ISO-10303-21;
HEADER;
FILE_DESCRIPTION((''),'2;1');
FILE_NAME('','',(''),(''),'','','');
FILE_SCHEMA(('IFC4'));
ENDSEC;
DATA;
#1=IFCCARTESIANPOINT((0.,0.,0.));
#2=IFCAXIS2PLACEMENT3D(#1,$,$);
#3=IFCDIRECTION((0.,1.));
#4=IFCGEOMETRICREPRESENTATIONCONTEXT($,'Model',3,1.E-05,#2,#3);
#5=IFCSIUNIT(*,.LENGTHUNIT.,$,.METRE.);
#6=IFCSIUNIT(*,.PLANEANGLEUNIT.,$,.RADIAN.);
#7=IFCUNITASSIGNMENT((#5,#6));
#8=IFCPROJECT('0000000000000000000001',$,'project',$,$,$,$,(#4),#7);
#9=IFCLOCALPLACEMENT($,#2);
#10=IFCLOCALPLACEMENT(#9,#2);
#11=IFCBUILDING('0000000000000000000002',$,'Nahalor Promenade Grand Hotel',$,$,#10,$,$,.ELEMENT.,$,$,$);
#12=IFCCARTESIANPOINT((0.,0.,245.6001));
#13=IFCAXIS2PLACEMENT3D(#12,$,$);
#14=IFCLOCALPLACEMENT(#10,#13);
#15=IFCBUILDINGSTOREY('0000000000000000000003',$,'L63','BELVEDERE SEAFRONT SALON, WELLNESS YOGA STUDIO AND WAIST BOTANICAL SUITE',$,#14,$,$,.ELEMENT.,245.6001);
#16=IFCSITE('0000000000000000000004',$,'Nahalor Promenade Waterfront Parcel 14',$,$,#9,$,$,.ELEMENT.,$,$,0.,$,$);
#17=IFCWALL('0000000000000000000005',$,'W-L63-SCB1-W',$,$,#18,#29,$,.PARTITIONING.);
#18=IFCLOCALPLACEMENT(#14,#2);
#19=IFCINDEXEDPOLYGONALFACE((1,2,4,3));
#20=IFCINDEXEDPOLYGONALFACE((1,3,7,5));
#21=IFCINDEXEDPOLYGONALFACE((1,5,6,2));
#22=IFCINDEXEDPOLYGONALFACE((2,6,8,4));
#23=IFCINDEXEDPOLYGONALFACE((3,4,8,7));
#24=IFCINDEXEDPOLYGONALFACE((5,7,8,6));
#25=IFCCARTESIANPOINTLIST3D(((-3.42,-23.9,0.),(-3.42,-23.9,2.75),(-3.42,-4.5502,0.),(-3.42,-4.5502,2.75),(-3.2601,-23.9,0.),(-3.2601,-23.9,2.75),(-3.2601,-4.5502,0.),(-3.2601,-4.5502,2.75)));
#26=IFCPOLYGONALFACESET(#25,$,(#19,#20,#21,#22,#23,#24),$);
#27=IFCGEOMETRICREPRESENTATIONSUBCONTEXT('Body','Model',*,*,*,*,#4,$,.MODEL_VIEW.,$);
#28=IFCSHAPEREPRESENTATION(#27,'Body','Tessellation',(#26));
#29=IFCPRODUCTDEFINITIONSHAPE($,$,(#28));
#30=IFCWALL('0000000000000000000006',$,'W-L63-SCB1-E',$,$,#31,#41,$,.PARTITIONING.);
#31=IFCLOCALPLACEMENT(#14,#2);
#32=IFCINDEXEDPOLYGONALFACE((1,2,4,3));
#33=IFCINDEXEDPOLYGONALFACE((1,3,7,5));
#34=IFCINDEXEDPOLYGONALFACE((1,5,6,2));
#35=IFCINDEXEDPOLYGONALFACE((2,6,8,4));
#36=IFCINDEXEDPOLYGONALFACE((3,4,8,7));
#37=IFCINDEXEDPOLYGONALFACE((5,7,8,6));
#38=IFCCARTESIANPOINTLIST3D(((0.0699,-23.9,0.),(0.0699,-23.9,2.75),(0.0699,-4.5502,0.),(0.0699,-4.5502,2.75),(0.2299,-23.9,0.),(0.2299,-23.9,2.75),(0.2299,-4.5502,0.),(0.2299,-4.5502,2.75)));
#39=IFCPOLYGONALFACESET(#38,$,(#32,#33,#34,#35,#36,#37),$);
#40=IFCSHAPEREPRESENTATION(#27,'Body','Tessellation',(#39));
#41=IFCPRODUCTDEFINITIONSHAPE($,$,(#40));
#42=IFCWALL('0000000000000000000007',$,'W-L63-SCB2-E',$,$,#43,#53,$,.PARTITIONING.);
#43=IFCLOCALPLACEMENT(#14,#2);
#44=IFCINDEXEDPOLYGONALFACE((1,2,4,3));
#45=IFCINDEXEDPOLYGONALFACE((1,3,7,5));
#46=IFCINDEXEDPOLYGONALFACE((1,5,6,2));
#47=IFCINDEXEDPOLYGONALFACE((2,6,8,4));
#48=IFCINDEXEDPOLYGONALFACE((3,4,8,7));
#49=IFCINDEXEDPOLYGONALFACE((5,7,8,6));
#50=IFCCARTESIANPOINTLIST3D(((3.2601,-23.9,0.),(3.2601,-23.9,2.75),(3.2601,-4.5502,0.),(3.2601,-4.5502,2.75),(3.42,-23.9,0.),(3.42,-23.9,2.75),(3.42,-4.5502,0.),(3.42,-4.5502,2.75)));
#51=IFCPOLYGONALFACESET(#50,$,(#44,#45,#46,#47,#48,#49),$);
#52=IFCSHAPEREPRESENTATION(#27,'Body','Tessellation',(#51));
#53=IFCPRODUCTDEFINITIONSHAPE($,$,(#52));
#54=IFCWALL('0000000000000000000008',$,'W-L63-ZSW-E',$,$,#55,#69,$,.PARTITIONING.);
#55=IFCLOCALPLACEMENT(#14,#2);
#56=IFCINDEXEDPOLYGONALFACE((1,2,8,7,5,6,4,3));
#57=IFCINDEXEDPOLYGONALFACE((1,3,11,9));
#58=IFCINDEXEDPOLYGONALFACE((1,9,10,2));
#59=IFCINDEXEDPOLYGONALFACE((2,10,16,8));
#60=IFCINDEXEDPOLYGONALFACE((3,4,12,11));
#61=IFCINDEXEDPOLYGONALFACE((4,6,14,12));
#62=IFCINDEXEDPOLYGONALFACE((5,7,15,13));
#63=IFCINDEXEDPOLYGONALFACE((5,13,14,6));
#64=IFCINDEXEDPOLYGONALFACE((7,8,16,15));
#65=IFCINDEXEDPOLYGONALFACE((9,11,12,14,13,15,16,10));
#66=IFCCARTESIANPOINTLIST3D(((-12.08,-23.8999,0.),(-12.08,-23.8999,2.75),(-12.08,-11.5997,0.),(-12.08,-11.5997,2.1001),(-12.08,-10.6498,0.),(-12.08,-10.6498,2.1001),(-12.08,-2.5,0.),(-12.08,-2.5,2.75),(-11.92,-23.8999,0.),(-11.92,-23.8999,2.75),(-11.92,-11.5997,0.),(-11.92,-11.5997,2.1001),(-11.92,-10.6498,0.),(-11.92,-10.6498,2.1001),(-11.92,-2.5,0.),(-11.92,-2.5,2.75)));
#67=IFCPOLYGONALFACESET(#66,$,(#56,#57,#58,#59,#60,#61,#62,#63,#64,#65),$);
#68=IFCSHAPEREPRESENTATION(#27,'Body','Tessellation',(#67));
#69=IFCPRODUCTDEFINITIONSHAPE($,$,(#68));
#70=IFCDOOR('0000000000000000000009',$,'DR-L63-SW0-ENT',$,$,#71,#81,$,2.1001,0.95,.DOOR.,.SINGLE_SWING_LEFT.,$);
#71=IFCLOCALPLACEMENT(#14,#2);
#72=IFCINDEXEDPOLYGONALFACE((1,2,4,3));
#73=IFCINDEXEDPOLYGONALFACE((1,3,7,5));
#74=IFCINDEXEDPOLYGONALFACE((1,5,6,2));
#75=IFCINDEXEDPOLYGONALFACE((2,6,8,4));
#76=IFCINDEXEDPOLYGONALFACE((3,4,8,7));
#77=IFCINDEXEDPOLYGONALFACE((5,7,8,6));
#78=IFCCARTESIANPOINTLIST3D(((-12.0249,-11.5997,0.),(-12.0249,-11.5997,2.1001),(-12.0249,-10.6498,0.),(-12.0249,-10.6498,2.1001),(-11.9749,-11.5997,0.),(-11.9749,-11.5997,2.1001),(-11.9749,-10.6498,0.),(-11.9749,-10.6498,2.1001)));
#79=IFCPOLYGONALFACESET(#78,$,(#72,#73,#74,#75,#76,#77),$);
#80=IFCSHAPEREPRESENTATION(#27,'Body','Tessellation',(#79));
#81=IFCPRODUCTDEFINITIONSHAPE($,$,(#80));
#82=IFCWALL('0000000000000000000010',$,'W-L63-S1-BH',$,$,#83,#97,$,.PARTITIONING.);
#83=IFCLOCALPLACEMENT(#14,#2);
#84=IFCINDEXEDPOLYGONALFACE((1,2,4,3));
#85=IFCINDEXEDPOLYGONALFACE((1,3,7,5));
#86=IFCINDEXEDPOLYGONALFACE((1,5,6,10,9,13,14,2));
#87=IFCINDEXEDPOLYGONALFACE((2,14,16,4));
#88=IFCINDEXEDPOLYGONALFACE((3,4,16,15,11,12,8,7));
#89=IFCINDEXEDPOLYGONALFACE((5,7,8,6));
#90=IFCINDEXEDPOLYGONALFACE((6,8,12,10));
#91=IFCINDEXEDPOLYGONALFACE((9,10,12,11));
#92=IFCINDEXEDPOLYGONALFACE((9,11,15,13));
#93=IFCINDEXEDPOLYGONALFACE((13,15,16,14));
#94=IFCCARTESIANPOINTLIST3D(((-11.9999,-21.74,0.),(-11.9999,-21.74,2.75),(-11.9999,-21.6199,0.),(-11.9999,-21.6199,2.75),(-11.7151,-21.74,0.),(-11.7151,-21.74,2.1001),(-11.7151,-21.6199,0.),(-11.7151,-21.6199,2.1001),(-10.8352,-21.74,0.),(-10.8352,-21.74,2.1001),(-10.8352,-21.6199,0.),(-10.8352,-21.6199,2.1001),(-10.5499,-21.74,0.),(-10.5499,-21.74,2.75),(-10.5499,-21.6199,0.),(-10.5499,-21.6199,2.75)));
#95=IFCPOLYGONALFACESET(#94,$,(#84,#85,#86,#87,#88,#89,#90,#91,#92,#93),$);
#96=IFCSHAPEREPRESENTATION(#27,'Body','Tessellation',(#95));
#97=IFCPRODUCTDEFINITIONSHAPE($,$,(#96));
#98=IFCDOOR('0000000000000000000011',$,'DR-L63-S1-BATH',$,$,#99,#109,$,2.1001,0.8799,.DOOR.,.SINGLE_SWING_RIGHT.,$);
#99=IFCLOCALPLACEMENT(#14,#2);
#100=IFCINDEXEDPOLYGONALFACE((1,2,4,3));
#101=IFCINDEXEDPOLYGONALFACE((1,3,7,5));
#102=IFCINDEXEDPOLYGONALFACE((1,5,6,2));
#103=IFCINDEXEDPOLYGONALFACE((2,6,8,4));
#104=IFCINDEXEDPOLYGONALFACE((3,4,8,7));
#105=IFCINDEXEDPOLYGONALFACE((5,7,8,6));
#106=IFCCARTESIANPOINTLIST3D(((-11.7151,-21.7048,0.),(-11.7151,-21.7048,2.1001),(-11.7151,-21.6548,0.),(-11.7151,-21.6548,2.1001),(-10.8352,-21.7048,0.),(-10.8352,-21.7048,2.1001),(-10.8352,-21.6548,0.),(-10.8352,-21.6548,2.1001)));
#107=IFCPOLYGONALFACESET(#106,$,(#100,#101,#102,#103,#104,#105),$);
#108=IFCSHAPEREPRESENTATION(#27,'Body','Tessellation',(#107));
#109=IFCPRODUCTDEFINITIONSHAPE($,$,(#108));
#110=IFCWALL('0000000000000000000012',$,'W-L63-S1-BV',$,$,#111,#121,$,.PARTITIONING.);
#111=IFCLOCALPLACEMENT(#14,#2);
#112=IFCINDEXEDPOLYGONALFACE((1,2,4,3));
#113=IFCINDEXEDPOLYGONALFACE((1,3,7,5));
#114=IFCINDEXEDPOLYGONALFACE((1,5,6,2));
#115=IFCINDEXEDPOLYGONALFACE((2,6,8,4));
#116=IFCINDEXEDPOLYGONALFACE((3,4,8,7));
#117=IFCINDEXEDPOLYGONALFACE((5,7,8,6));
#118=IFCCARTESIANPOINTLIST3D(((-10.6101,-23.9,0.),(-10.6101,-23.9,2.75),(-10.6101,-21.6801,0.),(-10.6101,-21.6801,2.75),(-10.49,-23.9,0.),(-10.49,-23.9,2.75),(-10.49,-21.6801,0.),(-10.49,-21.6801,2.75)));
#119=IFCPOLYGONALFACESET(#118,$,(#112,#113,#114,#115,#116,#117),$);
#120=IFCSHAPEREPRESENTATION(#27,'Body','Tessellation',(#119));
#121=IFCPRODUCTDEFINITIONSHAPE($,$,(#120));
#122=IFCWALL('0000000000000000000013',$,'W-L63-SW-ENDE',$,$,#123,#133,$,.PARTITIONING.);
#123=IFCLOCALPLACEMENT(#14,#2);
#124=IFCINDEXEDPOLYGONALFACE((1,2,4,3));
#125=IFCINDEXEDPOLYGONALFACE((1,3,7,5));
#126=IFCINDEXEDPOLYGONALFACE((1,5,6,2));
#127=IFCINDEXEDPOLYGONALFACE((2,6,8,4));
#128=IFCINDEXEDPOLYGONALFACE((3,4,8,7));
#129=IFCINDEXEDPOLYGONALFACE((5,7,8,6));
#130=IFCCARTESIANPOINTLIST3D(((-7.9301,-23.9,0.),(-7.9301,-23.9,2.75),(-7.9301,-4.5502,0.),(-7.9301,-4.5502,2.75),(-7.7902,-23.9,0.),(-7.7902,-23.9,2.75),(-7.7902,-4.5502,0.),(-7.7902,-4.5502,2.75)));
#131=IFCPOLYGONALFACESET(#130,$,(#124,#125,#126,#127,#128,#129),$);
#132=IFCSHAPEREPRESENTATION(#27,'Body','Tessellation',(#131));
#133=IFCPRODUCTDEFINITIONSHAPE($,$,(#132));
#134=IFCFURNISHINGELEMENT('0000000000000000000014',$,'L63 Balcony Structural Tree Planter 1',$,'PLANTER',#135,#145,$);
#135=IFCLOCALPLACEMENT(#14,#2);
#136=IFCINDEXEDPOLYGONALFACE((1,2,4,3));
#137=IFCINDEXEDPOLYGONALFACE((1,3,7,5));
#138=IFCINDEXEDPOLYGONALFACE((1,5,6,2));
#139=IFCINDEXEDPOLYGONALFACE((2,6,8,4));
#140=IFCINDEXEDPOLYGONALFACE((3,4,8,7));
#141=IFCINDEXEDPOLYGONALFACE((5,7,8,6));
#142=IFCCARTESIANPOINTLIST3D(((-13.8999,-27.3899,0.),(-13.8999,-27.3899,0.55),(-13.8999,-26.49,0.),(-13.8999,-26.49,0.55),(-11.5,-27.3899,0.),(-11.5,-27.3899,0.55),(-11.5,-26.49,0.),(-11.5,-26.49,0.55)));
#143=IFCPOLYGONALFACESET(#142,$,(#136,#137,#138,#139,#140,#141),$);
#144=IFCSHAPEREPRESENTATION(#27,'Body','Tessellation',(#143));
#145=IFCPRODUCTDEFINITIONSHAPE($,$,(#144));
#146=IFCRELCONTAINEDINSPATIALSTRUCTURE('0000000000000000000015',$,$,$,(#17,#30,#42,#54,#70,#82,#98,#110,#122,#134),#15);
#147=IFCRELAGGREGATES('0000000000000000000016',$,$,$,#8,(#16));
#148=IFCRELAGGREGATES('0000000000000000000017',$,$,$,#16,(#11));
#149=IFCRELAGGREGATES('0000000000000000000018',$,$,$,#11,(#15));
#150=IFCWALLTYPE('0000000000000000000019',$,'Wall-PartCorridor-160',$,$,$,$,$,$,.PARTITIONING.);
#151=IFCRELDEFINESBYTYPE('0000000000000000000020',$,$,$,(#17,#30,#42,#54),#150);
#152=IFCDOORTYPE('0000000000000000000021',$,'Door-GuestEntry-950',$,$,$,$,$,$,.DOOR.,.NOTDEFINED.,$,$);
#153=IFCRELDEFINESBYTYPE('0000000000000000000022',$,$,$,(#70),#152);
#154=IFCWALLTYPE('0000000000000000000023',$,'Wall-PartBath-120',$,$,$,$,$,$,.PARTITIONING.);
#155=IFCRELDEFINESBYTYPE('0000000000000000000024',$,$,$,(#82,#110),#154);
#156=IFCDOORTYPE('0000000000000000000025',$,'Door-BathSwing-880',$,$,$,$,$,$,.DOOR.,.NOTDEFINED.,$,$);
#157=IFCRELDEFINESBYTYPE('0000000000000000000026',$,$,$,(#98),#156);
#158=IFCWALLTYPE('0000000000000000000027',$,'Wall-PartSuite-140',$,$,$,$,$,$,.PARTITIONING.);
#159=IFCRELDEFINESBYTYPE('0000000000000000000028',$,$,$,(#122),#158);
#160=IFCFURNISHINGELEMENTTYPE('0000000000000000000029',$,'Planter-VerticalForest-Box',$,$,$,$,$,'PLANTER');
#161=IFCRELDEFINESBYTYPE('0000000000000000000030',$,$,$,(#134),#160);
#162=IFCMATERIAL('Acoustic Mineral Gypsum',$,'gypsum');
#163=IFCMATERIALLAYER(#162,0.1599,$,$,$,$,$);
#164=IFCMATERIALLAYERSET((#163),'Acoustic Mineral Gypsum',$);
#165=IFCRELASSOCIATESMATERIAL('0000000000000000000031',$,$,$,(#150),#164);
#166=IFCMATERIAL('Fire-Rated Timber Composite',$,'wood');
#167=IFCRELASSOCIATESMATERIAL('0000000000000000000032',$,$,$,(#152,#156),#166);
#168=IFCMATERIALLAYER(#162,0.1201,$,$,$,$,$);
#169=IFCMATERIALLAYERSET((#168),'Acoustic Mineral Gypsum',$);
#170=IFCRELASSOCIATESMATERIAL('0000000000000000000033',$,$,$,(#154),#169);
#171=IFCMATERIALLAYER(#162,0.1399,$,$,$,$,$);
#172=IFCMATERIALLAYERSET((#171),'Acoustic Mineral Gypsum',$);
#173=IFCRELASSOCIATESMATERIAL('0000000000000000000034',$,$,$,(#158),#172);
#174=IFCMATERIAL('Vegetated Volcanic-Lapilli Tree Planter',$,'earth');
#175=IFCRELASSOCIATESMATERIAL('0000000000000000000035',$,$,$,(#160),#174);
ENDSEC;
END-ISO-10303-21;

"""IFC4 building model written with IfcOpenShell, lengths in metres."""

from ifc_helpers import new_model, si_unit, direction, frame, frame_2d, origin, origin_2d, place, context, subcontext, project, spatial, rectangle, extrude, source, transform, mapped, material, layer, layer_set, type_object, element, fill, save


model = new_model("IFC4")

# Units and contexts
model_context = context("Model", 3, precision=1e-05, world=origin(), true_north=direction((0.0, 1.0)))
body_context = subcontext(model_context, "Body", "Model", "MODEL_VIEW")
ifc_project = project(units=[si_unit("LENGTHUNIT", "METRE"), si_unit("PLANEANGLEUNIT", "RADIAN")], contexts=[model_context])

# Site, building, storey
site_placement = place(None, origin())
site = spatial("IfcSite", under=ifc_project, at=site_placement, Name="Nahalor Promenade Waterfront Parcel 14", CompositionType="ELEMENT", RefElevation=0.0)
building_placement = place(site_placement, origin())
building = spatial("IfcBuilding", under=site, at=building_placement, Name="Nahalor Promenade Grand Hotel", CompositionType="ELEMENT")
storey_placement = place(building_placement, frame((0.0, 0.0, 245.6001)))
storey = spatial("IfcBuildingStorey", under=building, at=storey_placement, Name="L63", Description="BELVEDERE SEAFRONT SALON, WELLNESS YOGA STUDIO AND WAIST BOTANICAL SUITE", CompositionType="ELEMENT", Elevation=245.6001)

# Walls
ifc_material_1 = material(Name="Acoustic Mineral Gypsum", Category="gypsum")
ifc_layer_1 = layer(ifc_material_1, 0.1599)
ifc_layer_set_1 = layer_set([ifc_layer_1], Name="Acoustic Mineral Gypsum")
wall_type_1 = type_object("IfcWallType", Name="Wall-PartCorridor-160", PredefinedType="PARTITIONING", material=ifc_layer_set_1)
shared_shape_1 = source(origin(), body_context, "Body", "SweptSolid", [
    extrude(rectangle(XDim=19.3499, YDim=0.1599, at=frame_2d((9.6748, 0.0))), origin(), (0.0, 0.0, 1.0), 2.75),
])
for number, where, z_axis, x_axis, name in (
    (1, (-3.3401, -23.8999, 0.0), (0.0, 0.0, 1.0), (0.0, 1.0, 0.0), "W-L63-SCB1-W"),
    (2, (0.1499, -23.8999, 0.0), (0.0, 0.0, 1.0), (0.0, 1.0, 0.0), "W-L63-SCB1-E"),
    (3, (3.3401, -23.8999, 0.0), (0.0, 0.0, 1.0), (0.0, 1.0, 0.0), "W-L63-SCB2-E"),
):
    element("IfcWall", number, at=place(storey_placement, frame(where, z_axis=z_axis, x_axis=x_axis)), inside=storey, type_object=wall_type_1, Name=name, PredefinedType="PARTITIONING", context=body_context, shape_type="MappedRepresentation", body=[
        mapped(shared_shape_1, transform((0.0, 0.0, 0.0), scale=1.0)),
    ])

# Walls, openings, doors
shared_shape_2 = source(origin(), body_context, "Body", "SweptSolid", [
    extrude(rectangle(XDim=21.3999, YDim=0.1599, at=frame_2d((10.7, 0.0))), origin(), (0.0, 0.0, 1.0), 2.75),
])
wall_1_placement = place(storey_placement, frame((-12.0, -23.8999, 0.0), z_axis=(0.0, 0.0, 1.0), x_axis=(0.0, 1.0, 0.0)))
wall_1 = element("IfcWall", 4, at=wall_1_placement, inside=storey, type_object=wall_type_1, Name="W-L63-ZSW-E", PredefinedType="PARTITIONING", context=body_context, shape_type="MappedRepresentation", body=[
    mapped(shared_shape_2, transform((0.0, 0.0, 0.0), scale=1.0)),
])
opening_1_placement = place(wall_1_placement, frame((12.3, 0.0, 0.0)))
opening_1 = element("IfcOpeningElement", 5, at=opening_1_placement, cuts=wall_1, PredefinedType="OPENING", context=body_context, shape_type="SweptSolid", body=[
    extrude(rectangle(XDim=0.95, YDim=2.1001, at=frame_2d((0.4751, 1.05))), frame((0.0, 0.0898, 0.0), z_axis=(0.0, -1.0, 0.0), x_axis=(1.0, 0.0, 0.0)), (0.0, 0.0, 1.0), 0.1799),
])
ifc_material_2 = material(Name="Fire-Rated Timber Composite", Category="wood")
door_type_1 = type_object("IfcDoorType", Name="Door-GuestEntry-950", OperationType="NOTDEFINED", PredefinedType="DOOR", material=ifc_material_2)
shared_shape_3 = source(origin(), body_context, "Body", "SweptSolid", [
    extrude(rectangle(XDim=0.95, YDim=2.1001, at=frame_2d((0.4751, 1.05))), frame((0.0, 0.0249, 0.0), z_axis=(0.0, -1.0, 0.0), x_axis=(1.0, 0.0, 0.0)), (0.0, 0.0, 1.0), 0.05),
])
door_1_placement = place(opening_1_placement, origin())
door_1 = element("IfcDoor", 6, at=door_1_placement, inside=storey, type_object=door_type_1, Name="DR-L63-SW0-ENT", OperationType="SINGLE_SWING_LEFT", OverallHeight=2.1001, OverallWidth=0.95, PredefinedType="DOOR", context=body_context, shape_type="MappedRepresentation", body=[
    mapped(shared_shape_3, transform((0.0, 0.0, 0.0), scale=1.0)),
])
fill(opening_1, door_1)
ifc_layer_2 = layer(ifc_material_1, 0.1201)
ifc_layer_set_2 = layer_set([ifc_layer_2], Name="Acoustic Mineral Gypsum")
wall_type_2 = type_object("IfcWallType", Name="Wall-PartBath-120", PredefinedType="PARTITIONING", material=ifc_layer_set_2)
shared_shape_4 = source(origin(), body_context, "Body", "SweptSolid", [
    extrude(rectangle(XDim=1.45, YDim=0.1201, at=frame_2d((0.7251, 0.0))), origin(), (0.0, 0.0, 1.0), 2.75),
])
wall_2_placement = place(storey_placement, frame((-12.0, -21.6799, 0.0), z_axis=(0.0, 0.0, 1.0), x_axis=(1.0, 0.0, 0.0)))
wall_2 = element("IfcWall", 7, at=wall_2_placement, inside=storey, type_object=wall_type_2, Name="W-L63-S1-BH", PredefinedType="PARTITIONING", context=body_context, shape_type="MappedRepresentation", body=[
    mapped(shared_shape_4, transform((0.0, 0.0, 0.0), scale=1.0)),
])
opening_2_placement = place(wall_2_placement, frame((0.2849, 0.0, 0.0)))
opening_2 = element("IfcOpeningElement", 8, at=opening_2_placement, cuts=wall_2, PredefinedType="OPENING", context=body_context, shape_type="SweptSolid", body=[
    extrude(rectangle(XDim=0.8799, YDim=2.1001, at=frame_2d((0.4399, 1.05))), frame((0.0, 0.0701, 0.0), z_axis=(0.0, -1.0, 0.0), x_axis=(1.0, 0.0, 0.0)), (0.0, 0.0, 1.0), 0.1401),
])
door_type_2 = type_object("IfcDoorType", Name="Door-BathSwing-880", OperationType="NOTDEFINED", PredefinedType="DOOR", material=ifc_material_2)
shared_shape_5 = source(origin(), body_context, "Body", "SweptSolid", [
    extrude(rectangle(XDim=0.8799, YDim=2.1001, at=frame_2d((0.4399, 1.05))), frame((0.0, 0.0249, 0.0), z_axis=(0.0, -1.0, 0.0), x_axis=(1.0, 0.0, 0.0)), (0.0, 0.0, 1.0), 0.05),
])
door_2_placement = place(opening_2_placement, frame((0.8799, 0.0, 0.0), z_axis=(0.0, 0.0, 1.0), x_axis=(-1.0, 0.0, 0.0)))
door_2 = element("IfcDoor", 9, at=door_2_placement, inside=storey, type_object=door_type_2, Name="DR-L63-S1-BATH", OperationType="SINGLE_SWING_RIGHT", OverallHeight=2.1001, OverallWidth=0.8799, PredefinedType="DOOR", context=body_context, shape_type="MappedRepresentation", body=[
    mapped(shared_shape_5, transform((0.0, 0.0, 0.0), scale=1.0)),
])
fill(opening_2, door_2)

# Walls
shared_shape_6 = source(origin(), body_context, "Body", "SweptSolid", [
    extrude(rectangle(XDim=2.22, YDim=0.1201, at=frame_2d((1.1099, 0.0))), origin(), (0.0, 0.0, 1.0), 2.75),
])
wall_3_placement = place(storey_placement, frame((-10.55, -23.8999, 0.0), z_axis=(0.0, 0.0, 1.0), x_axis=(0.0, 1.0, 0.0)))
element("IfcWall", 10, at=wall_3_placement, inside=storey, type_object=wall_type_2, Name="W-L63-S1-BV", PredefinedType="PARTITIONING", context=body_context, shape_type="MappedRepresentation", body=[
    mapped(shared_shape_6, transform((0.0, 0.0, 0.0), scale=1.0)),
])
ifc_layer_3 = layer(ifc_material_1, 0.1399)
ifc_layer_set_3 = layer_set([ifc_layer_3], Name="Acoustic Mineral Gypsum")
wall_type_3 = type_object("IfcWallType", Name="Wall-PartSuite-140", PredefinedType="PARTITIONING", material=ifc_layer_set_3)
shared_shape_7 = source(origin(), body_context, "Body", "SweptSolid", [
    extrude(rectangle(XDim=19.3499, YDim=0.1399, at=frame_2d((9.6748, 0.0))), origin(), (0.0, 0.0, 1.0), 2.75),
])
wall_4_placement = place(storey_placement, frame((-7.8601, -23.8999, 0.0), z_axis=(0.0, 0.0, 1.0), x_axis=(0.0, 1.0, 0.0)))
element("IfcWall", 11, at=wall_4_placement, inside=storey, type_object=wall_type_3, Name="W-L63-SW-ENDE", PredefinedType="PARTITIONING", context=body_context, shape_type="MappedRepresentation", body=[
    mapped(shared_shape_7, transform((0.0, 0.0, 0.0), scale=1.0)),
])

# Furnishing element
ifc_material_3 = material(Name="Vegetated Volcanic-Lapilli Tree Planter", Category="earth")
furnishing_element_type = type_object("IfcFurnishingElementType", Name="Planter-VerticalForest-Box", ElementType="PLANTER", material=ifc_material_3)
shared_shape_8 = source(origin(), body_context, "Body", "SweptSolid", [
    extrude(rectangle(XDim=2.3999, YDim=0.8999, at=origin_2d()), origin(), (0.0, 0.0, 1.0), 0.55),
])
furnishing_placement = place(storey_placement, frame((-12.7, -26.9399, 0.0), z_axis=(0.0, 0.0, 1.0), x_axis=(1.0, 0.0, 0.0)))
element("IfcFurnishingElement", 12, at=furnishing_placement, inside=storey, type_object=furnishing_element_type, Name="L63 Balcony Structural Tree Planter 1", ObjectType="PLANTER", context=body_context, shape_type="MappedRepresentation", body=[
    mapped(shared_shape_8, transform((0.0, 0.0, 0.0), scale=1.0)),
])

save(model, "model.ifc")
